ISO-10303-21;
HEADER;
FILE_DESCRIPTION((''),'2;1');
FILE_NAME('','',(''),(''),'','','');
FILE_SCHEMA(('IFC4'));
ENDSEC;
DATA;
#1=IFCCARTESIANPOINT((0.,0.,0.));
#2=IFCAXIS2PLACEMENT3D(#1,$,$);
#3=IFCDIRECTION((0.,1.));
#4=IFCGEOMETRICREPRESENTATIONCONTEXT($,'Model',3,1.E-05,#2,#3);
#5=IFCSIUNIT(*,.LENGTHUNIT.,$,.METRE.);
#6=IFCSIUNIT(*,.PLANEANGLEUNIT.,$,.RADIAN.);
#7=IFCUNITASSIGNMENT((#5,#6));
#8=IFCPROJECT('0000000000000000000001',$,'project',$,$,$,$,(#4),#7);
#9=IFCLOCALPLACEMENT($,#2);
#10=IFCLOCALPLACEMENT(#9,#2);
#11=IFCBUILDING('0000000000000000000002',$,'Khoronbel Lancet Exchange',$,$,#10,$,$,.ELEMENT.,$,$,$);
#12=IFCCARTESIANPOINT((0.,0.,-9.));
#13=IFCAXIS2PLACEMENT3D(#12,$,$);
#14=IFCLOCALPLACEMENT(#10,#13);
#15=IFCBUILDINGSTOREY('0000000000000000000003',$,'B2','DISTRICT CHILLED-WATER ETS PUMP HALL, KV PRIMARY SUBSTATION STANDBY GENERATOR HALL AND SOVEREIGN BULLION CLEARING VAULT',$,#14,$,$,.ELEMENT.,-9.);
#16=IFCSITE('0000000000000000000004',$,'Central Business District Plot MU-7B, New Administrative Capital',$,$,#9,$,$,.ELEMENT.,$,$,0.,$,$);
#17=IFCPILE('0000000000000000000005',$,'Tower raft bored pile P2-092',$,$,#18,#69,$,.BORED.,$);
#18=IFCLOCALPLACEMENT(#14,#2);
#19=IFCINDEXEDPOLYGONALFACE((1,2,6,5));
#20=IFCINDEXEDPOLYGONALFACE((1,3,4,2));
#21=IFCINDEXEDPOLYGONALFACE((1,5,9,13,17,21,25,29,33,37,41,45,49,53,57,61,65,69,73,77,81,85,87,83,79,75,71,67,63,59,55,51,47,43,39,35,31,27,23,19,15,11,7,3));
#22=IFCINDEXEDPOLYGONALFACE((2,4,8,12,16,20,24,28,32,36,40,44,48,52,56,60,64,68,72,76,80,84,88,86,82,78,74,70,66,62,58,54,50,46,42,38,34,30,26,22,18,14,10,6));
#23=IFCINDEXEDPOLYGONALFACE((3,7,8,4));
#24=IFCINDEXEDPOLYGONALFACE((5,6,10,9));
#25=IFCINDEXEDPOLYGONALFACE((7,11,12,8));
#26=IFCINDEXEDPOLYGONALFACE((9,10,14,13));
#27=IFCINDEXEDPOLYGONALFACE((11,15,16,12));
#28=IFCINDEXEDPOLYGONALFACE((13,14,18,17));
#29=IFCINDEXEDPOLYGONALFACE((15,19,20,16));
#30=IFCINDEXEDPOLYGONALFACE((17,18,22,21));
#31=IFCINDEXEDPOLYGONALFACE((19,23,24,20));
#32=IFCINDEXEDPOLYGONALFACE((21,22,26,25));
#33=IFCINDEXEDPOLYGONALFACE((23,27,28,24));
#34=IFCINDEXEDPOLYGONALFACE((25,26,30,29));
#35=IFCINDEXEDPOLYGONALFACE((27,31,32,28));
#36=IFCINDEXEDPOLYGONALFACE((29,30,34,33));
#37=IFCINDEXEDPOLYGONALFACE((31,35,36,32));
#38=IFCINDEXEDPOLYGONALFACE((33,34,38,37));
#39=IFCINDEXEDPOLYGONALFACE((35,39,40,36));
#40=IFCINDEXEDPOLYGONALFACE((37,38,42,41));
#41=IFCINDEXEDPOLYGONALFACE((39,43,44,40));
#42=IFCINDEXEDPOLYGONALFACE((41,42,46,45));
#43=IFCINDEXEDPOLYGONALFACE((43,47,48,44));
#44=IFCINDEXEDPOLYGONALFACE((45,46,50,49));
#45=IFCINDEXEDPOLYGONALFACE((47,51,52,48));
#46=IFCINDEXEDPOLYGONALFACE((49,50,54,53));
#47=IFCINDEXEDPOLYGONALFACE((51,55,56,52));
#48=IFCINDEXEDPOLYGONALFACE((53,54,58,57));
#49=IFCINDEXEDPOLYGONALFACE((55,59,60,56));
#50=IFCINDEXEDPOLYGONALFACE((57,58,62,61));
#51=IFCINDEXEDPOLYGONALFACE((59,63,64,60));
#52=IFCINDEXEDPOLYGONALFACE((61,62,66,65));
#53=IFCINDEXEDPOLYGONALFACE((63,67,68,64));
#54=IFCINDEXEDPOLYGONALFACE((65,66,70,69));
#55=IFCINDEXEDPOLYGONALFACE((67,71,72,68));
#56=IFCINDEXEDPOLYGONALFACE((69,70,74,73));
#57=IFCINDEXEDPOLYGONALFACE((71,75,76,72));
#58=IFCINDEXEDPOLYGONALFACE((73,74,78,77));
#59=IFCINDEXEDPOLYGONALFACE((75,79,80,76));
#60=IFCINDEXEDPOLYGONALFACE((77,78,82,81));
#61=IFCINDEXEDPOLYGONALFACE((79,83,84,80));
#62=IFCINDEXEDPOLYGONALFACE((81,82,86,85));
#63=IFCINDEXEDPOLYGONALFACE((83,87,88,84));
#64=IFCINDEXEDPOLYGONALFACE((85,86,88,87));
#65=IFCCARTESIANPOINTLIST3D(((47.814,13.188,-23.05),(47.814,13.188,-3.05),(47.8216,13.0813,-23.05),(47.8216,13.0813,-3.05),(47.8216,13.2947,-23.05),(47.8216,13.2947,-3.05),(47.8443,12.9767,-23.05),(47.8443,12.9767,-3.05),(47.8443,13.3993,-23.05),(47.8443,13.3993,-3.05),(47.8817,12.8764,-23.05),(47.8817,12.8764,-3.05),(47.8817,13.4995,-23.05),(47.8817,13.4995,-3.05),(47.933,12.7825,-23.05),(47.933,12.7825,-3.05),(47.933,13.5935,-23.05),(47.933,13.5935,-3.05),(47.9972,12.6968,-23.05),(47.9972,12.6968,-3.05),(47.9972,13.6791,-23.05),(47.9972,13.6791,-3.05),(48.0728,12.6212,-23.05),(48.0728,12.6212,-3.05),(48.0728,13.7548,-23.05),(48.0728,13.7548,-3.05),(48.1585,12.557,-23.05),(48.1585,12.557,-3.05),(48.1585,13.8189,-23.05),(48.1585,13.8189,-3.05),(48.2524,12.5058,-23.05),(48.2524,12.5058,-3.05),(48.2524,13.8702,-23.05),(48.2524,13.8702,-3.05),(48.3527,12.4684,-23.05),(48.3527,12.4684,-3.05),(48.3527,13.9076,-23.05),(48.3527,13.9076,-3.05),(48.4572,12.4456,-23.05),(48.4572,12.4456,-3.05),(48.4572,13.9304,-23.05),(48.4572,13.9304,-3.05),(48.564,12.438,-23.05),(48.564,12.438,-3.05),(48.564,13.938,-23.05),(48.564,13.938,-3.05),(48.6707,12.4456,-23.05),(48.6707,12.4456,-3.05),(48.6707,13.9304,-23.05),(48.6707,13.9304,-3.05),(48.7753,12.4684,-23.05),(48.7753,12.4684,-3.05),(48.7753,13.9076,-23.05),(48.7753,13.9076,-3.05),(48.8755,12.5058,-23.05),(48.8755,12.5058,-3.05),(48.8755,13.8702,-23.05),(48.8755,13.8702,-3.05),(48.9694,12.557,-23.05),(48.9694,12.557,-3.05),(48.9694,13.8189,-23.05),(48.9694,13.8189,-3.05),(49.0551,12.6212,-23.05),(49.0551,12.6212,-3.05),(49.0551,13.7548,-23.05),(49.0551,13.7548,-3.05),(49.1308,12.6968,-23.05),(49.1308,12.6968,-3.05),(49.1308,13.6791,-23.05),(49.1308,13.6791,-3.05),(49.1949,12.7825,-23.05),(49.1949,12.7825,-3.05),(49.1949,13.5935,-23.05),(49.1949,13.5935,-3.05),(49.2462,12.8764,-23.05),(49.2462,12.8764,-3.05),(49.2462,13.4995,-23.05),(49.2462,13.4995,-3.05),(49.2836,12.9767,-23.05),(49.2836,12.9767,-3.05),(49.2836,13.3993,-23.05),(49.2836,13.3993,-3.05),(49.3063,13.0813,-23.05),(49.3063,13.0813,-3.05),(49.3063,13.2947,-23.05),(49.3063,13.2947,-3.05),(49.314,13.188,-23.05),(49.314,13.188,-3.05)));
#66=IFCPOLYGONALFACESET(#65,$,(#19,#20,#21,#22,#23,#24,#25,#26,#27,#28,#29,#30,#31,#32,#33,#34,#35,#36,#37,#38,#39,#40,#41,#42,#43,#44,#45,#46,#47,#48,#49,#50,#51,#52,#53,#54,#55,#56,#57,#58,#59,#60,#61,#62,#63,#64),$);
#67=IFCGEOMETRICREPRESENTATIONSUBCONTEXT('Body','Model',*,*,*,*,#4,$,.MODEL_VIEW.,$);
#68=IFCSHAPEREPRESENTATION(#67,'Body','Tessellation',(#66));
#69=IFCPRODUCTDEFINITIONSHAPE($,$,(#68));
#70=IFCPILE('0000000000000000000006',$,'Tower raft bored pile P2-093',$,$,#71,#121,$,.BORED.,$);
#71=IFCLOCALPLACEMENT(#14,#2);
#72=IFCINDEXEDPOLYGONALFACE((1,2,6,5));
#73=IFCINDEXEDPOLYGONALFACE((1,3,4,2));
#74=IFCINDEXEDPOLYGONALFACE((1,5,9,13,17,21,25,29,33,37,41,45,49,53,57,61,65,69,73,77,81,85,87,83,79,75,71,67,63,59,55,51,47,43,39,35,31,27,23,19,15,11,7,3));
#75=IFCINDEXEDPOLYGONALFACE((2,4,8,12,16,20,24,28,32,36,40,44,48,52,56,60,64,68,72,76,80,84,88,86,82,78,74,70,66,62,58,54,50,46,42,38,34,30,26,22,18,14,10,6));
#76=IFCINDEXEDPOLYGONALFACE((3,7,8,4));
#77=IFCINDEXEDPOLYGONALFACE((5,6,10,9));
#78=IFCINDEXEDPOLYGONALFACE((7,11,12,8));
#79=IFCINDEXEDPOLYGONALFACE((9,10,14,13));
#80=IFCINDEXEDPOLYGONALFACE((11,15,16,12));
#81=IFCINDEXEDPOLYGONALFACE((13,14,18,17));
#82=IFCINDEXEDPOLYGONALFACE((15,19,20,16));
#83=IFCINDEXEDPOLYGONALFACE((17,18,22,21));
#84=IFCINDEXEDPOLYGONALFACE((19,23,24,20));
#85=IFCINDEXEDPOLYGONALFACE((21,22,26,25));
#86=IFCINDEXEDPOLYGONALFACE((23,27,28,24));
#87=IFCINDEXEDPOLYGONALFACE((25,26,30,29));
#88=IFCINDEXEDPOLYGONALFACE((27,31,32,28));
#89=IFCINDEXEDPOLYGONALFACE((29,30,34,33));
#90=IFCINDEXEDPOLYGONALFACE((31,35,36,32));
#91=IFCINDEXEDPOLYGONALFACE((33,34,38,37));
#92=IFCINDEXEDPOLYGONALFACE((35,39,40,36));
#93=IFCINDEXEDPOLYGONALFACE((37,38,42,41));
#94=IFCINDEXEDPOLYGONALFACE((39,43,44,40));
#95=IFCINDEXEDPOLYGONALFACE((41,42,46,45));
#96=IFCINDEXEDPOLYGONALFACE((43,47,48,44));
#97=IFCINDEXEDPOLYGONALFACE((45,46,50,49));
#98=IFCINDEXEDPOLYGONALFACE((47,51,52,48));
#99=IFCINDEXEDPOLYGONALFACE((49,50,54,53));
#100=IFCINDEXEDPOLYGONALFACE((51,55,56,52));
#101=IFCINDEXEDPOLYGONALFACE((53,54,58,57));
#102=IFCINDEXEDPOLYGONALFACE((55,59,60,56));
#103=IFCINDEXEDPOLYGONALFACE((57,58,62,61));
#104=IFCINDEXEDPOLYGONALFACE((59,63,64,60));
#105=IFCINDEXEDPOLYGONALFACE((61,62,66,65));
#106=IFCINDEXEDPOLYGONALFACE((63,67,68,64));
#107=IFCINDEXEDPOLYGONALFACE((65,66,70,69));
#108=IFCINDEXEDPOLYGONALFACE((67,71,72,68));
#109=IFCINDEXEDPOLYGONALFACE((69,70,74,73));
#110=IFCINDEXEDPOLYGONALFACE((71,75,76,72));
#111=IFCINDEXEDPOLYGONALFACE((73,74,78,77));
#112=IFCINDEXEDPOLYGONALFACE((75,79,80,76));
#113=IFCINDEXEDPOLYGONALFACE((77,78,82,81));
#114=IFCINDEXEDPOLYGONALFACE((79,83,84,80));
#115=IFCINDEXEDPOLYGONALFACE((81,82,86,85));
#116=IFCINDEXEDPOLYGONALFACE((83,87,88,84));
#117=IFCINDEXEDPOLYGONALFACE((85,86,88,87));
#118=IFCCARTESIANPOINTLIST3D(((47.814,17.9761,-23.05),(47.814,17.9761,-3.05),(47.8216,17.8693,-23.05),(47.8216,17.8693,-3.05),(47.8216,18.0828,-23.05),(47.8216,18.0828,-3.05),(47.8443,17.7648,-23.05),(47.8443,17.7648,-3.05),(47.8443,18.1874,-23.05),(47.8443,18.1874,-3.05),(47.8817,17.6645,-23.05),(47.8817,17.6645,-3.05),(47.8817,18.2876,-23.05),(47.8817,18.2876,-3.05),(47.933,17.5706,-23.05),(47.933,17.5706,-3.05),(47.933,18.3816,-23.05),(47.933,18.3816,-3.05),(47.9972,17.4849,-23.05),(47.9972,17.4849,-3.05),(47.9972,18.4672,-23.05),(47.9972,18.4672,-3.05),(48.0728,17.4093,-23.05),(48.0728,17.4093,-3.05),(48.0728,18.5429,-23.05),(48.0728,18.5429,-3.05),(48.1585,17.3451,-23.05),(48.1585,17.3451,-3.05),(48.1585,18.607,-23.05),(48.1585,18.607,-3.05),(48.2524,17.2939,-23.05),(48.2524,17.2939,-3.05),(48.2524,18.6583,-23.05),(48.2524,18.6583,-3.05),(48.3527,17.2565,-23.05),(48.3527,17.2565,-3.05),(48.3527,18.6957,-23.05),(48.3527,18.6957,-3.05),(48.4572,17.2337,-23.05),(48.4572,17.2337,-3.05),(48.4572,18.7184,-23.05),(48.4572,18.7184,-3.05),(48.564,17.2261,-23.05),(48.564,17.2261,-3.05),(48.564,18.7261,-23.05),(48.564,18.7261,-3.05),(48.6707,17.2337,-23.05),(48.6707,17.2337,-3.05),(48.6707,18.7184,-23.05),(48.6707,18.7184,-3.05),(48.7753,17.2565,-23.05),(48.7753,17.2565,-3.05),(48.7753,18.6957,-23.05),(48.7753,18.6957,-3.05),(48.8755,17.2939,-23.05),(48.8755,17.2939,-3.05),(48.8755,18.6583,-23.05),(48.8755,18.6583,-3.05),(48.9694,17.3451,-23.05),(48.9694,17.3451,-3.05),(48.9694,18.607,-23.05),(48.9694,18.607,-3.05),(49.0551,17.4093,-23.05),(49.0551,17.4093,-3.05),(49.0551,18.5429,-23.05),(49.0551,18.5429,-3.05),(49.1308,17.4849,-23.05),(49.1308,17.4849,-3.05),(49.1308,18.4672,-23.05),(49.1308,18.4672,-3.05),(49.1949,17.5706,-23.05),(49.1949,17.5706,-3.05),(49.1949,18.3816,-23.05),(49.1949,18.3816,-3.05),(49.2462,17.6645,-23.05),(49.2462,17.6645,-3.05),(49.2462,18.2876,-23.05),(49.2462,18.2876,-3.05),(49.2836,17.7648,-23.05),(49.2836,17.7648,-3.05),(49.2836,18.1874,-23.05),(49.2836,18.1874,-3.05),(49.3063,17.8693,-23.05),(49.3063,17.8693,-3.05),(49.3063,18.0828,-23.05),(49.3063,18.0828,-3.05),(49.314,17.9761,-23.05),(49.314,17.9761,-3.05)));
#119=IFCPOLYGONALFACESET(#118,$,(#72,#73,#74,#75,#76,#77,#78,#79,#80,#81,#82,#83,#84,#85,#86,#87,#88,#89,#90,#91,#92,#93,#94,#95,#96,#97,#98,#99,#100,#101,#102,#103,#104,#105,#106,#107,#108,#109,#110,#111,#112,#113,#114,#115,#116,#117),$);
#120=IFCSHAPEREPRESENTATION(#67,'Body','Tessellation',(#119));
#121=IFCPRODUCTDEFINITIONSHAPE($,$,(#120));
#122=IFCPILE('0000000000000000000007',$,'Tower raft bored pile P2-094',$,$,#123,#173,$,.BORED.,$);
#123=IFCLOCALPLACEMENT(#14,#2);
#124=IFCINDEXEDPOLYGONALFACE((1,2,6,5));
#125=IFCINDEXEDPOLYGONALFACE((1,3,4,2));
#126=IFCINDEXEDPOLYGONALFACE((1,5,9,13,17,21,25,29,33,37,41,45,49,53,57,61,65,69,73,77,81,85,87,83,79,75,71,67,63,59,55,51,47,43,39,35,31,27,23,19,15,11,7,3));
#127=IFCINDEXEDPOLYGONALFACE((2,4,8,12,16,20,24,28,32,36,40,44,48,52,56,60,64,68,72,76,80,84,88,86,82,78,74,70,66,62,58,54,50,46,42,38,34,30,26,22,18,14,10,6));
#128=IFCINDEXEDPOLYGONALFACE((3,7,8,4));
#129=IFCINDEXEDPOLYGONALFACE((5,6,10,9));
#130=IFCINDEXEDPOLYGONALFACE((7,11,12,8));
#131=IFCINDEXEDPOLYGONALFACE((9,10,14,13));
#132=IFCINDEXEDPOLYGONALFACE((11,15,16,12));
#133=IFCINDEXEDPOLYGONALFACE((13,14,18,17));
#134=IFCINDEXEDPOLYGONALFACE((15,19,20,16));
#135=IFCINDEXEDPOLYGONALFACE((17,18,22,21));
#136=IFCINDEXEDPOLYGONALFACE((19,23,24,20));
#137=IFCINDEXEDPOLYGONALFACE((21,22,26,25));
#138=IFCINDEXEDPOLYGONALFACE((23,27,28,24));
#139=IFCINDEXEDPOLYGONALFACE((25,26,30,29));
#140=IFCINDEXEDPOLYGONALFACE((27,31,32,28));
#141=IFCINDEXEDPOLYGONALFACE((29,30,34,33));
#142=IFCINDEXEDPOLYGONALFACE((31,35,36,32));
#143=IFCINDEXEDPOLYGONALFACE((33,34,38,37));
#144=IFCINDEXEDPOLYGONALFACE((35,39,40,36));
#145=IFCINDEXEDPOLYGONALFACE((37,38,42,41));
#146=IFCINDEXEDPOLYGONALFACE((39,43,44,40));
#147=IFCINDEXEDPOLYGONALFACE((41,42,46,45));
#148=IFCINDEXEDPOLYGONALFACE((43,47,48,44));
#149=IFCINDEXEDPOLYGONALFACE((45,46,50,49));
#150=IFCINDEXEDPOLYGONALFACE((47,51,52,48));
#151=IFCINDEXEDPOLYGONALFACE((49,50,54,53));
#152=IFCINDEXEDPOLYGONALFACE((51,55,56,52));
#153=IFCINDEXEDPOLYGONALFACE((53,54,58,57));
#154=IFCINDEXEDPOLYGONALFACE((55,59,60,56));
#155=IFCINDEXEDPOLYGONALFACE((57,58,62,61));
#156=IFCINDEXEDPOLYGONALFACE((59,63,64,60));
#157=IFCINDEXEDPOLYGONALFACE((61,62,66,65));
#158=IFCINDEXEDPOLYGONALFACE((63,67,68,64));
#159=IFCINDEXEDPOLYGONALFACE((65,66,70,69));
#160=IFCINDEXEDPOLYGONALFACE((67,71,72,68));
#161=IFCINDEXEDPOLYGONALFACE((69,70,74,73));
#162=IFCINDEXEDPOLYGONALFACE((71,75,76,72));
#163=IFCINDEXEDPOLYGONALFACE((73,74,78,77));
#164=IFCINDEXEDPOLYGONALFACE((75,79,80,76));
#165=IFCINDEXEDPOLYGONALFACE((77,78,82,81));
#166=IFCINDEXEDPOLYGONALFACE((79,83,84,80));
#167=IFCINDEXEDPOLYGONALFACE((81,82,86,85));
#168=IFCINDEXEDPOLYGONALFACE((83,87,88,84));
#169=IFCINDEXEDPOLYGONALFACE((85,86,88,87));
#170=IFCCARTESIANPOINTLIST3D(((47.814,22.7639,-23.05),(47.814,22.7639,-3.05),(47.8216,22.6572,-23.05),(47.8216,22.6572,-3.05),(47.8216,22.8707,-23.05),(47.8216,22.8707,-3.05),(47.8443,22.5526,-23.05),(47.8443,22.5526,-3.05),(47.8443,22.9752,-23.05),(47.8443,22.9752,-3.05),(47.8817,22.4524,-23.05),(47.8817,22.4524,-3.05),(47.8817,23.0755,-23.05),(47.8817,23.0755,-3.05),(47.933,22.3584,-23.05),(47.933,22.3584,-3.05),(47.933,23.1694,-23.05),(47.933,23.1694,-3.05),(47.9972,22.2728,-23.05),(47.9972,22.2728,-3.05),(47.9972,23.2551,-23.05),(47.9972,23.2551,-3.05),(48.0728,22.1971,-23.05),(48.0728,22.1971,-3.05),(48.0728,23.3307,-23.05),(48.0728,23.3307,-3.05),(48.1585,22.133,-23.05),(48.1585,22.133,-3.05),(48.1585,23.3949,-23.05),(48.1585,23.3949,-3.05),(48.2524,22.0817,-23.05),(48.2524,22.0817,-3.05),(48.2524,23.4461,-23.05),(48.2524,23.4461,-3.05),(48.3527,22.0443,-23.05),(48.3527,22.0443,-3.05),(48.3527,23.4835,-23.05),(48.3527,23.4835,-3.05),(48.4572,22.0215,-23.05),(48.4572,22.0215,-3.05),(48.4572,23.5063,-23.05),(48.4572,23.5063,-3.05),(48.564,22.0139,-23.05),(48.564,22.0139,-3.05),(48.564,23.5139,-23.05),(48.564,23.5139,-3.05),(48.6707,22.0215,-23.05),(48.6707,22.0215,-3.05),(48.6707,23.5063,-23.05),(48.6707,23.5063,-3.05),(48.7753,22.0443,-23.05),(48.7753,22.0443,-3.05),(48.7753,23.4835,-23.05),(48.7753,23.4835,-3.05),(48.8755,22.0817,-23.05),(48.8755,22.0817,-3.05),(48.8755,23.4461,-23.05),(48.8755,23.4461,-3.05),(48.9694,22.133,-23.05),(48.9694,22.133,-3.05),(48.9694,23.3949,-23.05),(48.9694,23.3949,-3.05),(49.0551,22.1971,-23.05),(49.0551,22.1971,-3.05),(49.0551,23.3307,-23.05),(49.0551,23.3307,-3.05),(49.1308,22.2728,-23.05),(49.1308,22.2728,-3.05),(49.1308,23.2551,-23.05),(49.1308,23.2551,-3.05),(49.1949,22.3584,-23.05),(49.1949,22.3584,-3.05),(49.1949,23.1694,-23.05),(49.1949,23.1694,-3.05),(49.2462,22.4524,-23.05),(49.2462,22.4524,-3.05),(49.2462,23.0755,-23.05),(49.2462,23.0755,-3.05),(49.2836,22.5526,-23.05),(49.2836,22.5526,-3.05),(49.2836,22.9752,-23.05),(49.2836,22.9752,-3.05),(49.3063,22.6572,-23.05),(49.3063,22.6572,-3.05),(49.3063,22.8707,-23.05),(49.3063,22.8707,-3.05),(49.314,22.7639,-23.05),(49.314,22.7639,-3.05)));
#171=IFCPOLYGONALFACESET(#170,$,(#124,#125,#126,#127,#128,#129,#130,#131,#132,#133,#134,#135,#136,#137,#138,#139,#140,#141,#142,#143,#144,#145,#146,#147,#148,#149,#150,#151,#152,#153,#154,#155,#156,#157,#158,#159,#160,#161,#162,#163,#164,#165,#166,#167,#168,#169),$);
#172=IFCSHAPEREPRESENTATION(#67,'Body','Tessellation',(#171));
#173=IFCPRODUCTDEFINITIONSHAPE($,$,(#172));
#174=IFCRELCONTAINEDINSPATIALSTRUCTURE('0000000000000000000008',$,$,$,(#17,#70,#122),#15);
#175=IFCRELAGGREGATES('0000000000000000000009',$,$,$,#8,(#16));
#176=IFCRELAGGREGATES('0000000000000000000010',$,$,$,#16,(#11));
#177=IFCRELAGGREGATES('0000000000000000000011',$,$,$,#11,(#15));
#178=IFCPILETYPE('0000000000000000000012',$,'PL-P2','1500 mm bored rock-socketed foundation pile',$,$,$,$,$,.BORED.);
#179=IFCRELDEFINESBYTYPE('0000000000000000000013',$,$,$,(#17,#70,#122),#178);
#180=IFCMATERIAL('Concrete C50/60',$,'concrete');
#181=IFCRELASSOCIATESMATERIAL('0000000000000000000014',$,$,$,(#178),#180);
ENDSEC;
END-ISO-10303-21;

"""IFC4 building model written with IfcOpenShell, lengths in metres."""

from ifc_helpers import new_model, si_unit, direction, frame, origin, origin_2d, place, context, subcontext, project, spatial, circle, extrude, material, material_profile, profile_set, type_object, element, save


model = new_model("IFC4")

# Units and contexts
model_context = context("Model", 3, precision=1e-05, world=origin(), true_north=direction((0.0, 1.0)))
body_context = subcontext(model_context, "Body", "Model", "MODEL_VIEW")
ifc_project = project(units=[si_unit("LENGTHUNIT", "METRE"), si_unit("PLANEANGLEUNIT", "RADIAN")], contexts=[model_context])

# Site, building, storey
site_placement = place(None, origin())
site = spatial("IfcSite", under=ifc_project, at=site_placement, Name="Central Business District Plot MU-7B, New Administrative Capital", CompositionType="ELEMENT", RefElevation=0.0)
building_placement = place(site_placement, origin())
building = spatial("IfcBuilding", under=site, at=building_placement, Name="Khoronbel Lancet Exchange", CompositionType="ELEMENT")
storey_placement = place(building_placement, frame((0.0, 0.0, -9.0)))
storey = spatial("IfcBuildingStorey", under=building, at=storey_placement, Name="B2", Description="DISTRICT CHILLED-WATER ETS PUMP HALL, KV PRIMARY SUBSTATION STANDBY GENERATOR HALL AND SOVEREIGN BULLION CLEARING VAULT", CompositionType="ELEMENT", Elevation=-9.0)

# Piles
ifc_material = material(Name="Concrete C50/60", Category="concrete")
ifc_material_profile = material_profile(ifc_material, circle(Radius=0.75, at=origin_2d()), Name="BORED PILE D1500")
ifc_profile_set = profile_set([ifc_material_profile], Name="Concrete C50/60")
pile_type = type_object("IfcPileType", Name="PL-P2", Description="1500 mm bored rock-socketed foundation pile", PredefinedType="BORED", material=ifc_profile_set)
for number, where, z_axis, x_axis, name in (
    (1, (48.564, 13.188, -3.05), (0.0, 0.0, -1.0), (1.0, 0.0, 0.0), "Tower raft bored pile P2-092"),
    (2, (48.564, 17.9761, -3.05), (0.0, 0.0, -1.0), (1.0, 0.0, 0.0), "Tower raft bored pile P2-093"),
    (3, (48.564, 22.7639, -3.05), (0.0, 0.0, -1.0), (1.0, 0.0, 0.0), "Tower raft bored pile P2-094"),
):
    element("IfcPile", number, at=place(storey_placement, frame(where, z_axis=z_axis, x_axis=x_axis)), inside=storey, type_object=pile_type, Name=name, PredefinedType="BORED", context=body_context, shape_type="SweptSolid", body=[
        extrude(circle(Radius=0.75, at=origin_2d()), origin(), (0.0, 0.0, 1.0), 20.0),
    ])

save(model, "model.ifc")
